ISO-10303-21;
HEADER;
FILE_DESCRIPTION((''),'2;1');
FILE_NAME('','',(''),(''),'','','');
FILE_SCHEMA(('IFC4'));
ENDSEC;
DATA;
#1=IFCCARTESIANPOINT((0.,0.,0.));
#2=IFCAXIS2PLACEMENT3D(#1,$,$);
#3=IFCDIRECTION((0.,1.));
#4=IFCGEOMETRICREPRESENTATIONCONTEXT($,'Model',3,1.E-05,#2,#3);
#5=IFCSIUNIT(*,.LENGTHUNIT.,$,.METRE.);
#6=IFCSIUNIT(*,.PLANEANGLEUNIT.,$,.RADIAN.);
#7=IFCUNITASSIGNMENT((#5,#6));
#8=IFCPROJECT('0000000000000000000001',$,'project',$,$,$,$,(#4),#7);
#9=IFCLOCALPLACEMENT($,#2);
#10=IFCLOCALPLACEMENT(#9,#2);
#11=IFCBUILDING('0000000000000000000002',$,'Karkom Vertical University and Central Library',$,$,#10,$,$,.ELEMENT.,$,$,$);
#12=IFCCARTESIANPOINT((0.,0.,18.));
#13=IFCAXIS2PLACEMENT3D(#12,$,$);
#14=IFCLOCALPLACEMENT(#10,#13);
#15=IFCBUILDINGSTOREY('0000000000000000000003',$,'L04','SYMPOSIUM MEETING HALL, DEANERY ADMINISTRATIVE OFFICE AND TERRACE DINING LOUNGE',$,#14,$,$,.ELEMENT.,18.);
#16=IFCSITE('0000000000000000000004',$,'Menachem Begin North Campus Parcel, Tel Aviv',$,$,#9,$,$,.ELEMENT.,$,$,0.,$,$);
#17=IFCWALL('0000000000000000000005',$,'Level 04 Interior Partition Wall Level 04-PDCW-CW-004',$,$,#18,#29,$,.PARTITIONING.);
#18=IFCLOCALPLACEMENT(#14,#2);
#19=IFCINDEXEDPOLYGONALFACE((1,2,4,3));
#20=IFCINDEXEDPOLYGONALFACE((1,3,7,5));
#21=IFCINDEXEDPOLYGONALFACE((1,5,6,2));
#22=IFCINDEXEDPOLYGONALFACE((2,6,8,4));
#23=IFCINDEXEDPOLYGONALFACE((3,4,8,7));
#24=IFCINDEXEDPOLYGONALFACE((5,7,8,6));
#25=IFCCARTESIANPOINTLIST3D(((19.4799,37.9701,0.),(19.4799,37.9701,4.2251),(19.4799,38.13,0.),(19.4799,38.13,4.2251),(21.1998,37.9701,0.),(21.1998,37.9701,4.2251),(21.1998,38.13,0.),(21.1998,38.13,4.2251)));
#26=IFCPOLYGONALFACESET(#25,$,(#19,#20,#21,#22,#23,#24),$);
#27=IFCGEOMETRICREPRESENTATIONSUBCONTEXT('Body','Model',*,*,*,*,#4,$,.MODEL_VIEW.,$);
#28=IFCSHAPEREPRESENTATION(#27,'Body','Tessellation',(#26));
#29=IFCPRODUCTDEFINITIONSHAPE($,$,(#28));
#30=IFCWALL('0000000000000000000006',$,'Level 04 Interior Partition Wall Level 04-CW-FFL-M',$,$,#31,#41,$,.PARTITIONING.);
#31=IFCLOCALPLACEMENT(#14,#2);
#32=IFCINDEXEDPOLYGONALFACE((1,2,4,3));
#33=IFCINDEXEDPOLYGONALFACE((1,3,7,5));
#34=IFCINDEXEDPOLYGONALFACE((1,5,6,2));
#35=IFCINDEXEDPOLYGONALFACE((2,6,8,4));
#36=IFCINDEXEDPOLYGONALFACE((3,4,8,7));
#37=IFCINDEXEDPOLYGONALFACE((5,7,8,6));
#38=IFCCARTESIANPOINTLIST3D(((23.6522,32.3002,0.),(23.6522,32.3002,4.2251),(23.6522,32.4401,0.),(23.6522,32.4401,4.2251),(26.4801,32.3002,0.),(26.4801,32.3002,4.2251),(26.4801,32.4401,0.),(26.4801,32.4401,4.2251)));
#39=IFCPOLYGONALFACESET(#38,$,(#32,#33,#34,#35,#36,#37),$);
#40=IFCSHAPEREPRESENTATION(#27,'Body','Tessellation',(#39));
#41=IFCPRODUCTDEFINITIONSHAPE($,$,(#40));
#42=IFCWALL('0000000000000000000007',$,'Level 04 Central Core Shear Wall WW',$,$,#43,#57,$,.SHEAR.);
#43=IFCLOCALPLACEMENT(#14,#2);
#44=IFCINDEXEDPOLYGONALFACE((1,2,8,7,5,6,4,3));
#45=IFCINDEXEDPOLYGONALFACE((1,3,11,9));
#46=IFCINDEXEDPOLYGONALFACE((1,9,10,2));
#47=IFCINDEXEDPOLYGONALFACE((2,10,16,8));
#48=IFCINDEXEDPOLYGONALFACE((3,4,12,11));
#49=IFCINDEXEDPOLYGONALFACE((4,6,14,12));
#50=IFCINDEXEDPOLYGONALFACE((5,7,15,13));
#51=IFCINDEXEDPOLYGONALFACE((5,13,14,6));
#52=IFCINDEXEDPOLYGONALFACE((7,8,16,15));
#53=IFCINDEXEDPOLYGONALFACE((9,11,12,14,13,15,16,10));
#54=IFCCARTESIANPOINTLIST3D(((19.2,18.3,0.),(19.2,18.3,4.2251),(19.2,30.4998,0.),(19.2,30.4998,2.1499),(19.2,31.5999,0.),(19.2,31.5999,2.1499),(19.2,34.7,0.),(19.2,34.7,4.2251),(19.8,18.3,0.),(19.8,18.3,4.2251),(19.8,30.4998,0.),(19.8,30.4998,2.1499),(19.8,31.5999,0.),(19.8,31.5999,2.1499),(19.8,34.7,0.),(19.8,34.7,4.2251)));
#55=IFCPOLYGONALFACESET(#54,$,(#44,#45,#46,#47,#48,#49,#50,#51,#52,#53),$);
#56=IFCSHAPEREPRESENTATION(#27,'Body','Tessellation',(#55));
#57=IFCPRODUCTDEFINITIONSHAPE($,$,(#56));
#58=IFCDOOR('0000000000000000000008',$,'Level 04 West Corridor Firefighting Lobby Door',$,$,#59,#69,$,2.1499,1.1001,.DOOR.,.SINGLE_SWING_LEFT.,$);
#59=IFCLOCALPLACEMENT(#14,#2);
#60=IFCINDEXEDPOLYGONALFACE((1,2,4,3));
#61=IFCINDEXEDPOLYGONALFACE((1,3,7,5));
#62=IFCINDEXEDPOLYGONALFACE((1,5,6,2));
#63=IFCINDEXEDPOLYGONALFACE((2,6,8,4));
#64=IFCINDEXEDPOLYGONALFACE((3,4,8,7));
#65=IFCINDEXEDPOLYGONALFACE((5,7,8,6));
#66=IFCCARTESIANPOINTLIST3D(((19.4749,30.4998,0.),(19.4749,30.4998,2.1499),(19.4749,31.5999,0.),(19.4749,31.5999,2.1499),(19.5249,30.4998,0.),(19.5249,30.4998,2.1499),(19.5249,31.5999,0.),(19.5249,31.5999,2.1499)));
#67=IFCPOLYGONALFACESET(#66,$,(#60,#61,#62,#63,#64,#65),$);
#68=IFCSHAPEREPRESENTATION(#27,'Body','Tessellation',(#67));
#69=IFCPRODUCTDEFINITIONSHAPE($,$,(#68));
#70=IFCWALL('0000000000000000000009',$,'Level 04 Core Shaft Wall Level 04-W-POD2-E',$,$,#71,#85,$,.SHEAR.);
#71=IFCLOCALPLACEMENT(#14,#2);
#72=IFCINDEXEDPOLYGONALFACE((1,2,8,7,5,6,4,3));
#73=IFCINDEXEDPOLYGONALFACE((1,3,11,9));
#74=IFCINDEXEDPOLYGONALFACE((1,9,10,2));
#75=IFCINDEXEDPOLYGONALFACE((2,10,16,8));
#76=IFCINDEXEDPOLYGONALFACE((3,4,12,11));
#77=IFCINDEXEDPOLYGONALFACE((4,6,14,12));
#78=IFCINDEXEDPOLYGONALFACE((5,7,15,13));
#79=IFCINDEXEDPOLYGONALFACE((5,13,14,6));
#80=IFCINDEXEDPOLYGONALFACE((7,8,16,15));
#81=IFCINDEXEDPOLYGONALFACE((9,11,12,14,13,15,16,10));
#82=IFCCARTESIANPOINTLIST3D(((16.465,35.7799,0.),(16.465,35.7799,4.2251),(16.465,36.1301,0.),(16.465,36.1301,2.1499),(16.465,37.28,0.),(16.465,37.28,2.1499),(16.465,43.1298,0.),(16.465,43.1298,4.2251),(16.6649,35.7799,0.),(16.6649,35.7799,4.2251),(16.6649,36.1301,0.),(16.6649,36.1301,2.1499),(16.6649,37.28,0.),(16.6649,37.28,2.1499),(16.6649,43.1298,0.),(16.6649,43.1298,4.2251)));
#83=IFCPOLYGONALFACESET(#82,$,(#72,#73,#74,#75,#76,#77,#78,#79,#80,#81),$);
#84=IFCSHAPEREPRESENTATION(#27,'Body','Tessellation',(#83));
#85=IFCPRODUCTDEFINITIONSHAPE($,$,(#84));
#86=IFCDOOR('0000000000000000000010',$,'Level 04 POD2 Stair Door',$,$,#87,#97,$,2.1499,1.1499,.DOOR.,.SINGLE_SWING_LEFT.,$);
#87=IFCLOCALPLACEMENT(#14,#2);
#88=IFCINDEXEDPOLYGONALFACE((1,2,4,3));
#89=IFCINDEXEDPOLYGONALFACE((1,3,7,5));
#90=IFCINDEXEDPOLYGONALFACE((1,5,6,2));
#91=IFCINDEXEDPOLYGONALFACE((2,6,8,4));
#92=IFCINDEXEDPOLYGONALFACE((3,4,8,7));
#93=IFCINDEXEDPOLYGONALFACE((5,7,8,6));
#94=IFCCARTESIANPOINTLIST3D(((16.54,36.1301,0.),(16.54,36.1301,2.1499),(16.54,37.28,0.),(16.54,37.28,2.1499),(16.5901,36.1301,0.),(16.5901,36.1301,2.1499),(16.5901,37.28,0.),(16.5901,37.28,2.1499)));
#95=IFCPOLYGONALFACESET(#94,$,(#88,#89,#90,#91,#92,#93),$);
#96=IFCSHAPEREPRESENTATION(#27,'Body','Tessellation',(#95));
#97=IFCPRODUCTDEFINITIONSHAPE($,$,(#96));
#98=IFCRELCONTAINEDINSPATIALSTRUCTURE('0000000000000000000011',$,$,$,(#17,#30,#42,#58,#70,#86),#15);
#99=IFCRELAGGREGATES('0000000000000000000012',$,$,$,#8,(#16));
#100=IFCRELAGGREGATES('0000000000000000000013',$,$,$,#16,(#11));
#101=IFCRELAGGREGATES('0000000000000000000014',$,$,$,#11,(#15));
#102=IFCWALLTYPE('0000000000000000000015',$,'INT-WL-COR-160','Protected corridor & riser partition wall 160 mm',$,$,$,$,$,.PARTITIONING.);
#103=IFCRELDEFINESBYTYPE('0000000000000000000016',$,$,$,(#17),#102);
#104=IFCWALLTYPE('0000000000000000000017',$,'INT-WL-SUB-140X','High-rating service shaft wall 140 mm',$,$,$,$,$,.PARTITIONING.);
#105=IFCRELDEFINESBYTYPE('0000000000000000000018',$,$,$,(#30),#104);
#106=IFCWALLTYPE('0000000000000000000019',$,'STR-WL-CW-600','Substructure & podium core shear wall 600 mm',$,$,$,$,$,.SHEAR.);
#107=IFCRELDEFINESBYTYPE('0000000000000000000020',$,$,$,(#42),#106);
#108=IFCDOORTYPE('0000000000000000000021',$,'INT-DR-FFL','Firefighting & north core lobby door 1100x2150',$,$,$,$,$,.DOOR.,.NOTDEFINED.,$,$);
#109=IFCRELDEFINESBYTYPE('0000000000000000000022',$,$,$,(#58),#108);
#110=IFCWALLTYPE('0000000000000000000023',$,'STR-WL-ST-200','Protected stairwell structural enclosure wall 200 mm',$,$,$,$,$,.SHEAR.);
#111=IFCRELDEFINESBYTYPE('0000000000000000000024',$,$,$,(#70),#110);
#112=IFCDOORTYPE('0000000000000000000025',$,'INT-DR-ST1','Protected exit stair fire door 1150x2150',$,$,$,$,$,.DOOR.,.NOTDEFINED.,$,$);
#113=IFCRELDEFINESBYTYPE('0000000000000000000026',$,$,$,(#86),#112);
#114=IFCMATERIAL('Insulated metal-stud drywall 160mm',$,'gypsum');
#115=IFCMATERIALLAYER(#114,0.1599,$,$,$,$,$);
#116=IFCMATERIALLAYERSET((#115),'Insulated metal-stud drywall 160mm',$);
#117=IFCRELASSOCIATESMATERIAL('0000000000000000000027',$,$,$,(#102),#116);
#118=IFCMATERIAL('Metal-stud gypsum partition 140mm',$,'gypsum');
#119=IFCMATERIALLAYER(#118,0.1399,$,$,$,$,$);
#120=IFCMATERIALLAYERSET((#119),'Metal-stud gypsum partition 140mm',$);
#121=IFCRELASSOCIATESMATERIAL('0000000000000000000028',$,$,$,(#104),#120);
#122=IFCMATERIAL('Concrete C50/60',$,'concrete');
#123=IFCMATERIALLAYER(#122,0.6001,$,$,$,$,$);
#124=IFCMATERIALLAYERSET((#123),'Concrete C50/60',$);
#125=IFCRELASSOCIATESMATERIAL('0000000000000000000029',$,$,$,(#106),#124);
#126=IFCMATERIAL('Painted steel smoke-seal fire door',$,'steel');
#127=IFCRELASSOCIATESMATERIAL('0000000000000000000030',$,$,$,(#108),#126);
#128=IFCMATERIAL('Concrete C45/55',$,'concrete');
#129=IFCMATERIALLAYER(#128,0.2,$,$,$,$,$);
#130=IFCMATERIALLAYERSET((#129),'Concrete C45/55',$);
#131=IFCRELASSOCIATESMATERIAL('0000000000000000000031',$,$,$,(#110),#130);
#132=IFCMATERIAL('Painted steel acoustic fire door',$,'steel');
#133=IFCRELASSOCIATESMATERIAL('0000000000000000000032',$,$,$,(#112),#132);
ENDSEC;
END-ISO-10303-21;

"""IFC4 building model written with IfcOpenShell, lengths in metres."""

from ifc_helpers import new_model, si_unit, direction, frame, frame_2d, origin, origin_with_axes, place, context, subcontext, project, spatial, rectangle, extrude, source, transform, mapped, material, layer, layer_set, type_object, element, fill, save


model = new_model("IFC4")

# Units and contexts
model_context = context("Model", 3, precision=1e-05, world=origin(), true_north=direction((0.0, 1.0)))
body_context = subcontext(model_context, "Body", "Model", "MODEL_VIEW")
ifc_project = project(units=[si_unit("LENGTHUNIT", "METRE"), si_unit("PLANEANGLEUNIT", "RADIAN")], contexts=[model_context])

# Site, building, storey
site_placement = place(None, origin())
site = spatial("IfcSite", under=ifc_project, at=site_placement, Name="Menachem Begin North Campus Parcel, Tel Aviv", CompositionType="ELEMENT", RefElevation=0.0)
building_placement = place(site_placement, origin())
building = spatial("IfcBuilding", under=site, at=building_placement, Name="Karkom Vertical University and Central Library", CompositionType="ELEMENT")
storey_placement = place(building_placement, frame((0.0, 0.0, 18.0)))
storey = spatial("IfcBuildingStorey", under=building, at=storey_placement, Name="L04", Description="SYMPOSIUM MEETING HALL, DEANERY ADMINISTRATIVE OFFICE AND TERRACE DINING LOUNGE", CompositionType="ELEMENT", Elevation=18.0)

# Shared definitions
ifc_material_1 = material(Name="Concrete C50/60", Category="concrete")

# Shared definitions
ifc_material_2 = material(Name="Insulated metal-stud drywall 160mm", Category="gypsum")
ifc_layer_1 = layer(ifc_material_2, 0.1599)
ifc_layer_set_1 = layer_set([ifc_layer_1], Name="Insulated metal-stud drywall 160mm")
wall_type_1 = type_object("IfcWallType", Name="INT-WL-COR-160", Description="Protected corridor & riser partition wall 160 mm", PredefinedType="PARTITIONING", material=ifc_layer_set_1)

# Walls
wall_1_placement = place(storey_placement, frame((19.48, 38.05, 0.0), z_axis=(0.0, 0.0, 1.0), x_axis=(1.0, 0.0, 0.0)))
element("IfcWall", 1, at=wall_1_placement, inside=storey, type_object=wall_type_1, Name="Level 04 Interior Partition Wall Level 04-PDCW-CW-004", PredefinedType="PARTITIONING", context=body_context, shape_type="SweptSolid", body=[
    extrude(rectangle(XDim=1.72, YDim=0.1599, at=frame_2d((0.8599, 0.0))), origin(), (0.0, 0.0, 1.0), 4.2251),
])
ifc_material_3 = material(Name="Metal-stud gypsum partition 140mm", Category="gypsum")
ifc_layer_2 = layer(ifc_material_3, 0.1399)
ifc_layer_set_2 = layer_set([ifc_layer_2], Name="Metal-stud gypsum partition 140mm")
wall_type_2 = type_object("IfcWallType", Name="INT-WL-SUB-140X", Description="High-rating service shaft wall 140 mm", PredefinedType="PARTITIONING", material=ifc_layer_set_2)
wall_2_placement = place(storey_placement, frame((23.6521, 32.3701, 0.0), z_axis=(0.0, 0.0, 1.0), x_axis=(1.0, 0.0, 0.0)))
element("IfcWall", 2, at=wall_2_placement, inside=storey, type_object=wall_type_2, Name="Level 04 Interior Partition Wall Level 04-CW-FFL-M", PredefinedType="PARTITIONING", context=body_context, shape_type="SweptSolid", body=[
    extrude(rectangle(XDim=2.8279, YDim=0.1399, at=frame_2d((1.4141, 0.0))), origin(), (0.0, 0.0, 1.0), 4.2251),
])

# Walls, openings, doors
ifc_layer_3 = layer(ifc_material_1, 0.6001)
ifc_layer_set_3 = layer_set([ifc_layer_3], Name="Concrete C50/60")
wall_type_3 = type_object("IfcWallType", Name="STR-WL-CW-600", Description="Substructure & podium core shear wall 600 mm", PredefinedType="SHEAR", material=ifc_layer_set_3)
wall_3_placement = place(storey_placement, frame((19.5, 34.7, 0.0), z_axis=(0.0, 0.0, 1.0), x_axis=(0.0, -1.0, 0.0)))
wall_3 = element("IfcWall", 3, at=wall_3_placement, inside=storey, type_object=wall_type_3, Name="Level 04 Central Core Shear Wall WW", PredefinedType="SHEAR", context=body_context, shape_type="SweptSolid", body=[
    extrude(rectangle(XDim=16.3999, YDim=0.6001, at=frame_2d((8.2, 0.0))), origin(), (0.0, 0.0, 1.0), 4.2251),
])
opening_1_placement = place(wall_3_placement, frame((3.1001, 0.0, 0.0)))
opening_1 = element("IfcOpeningElement", 4, at=opening_1_placement, cuts=wall_3, PredefinedType="OPENING", context=body_context, shape_type="SweptSolid", body=[
    extrude(rectangle(XDim=1.1001, YDim=2.1499, at=frame_2d((0.55, 1.075))), frame((0.0, 0.3101, 0.0), z_axis=(0.0, -1.0, 0.0), x_axis=(1.0, 0.0, 0.0)), (0.0, 0.0, 1.0), 0.6201),
])
ifc_material_4 = material(Name="Painted steel smoke-seal fire door", Category="steel")
door_type_1 = type_object("IfcDoorType", Name="INT-DR-FFL", Description="Firefighting & north core lobby door 1100x2150", OperationType="NOTDEFINED", PredefinedType="DOOR", material=ifc_material_4)
shared_shape_1 = source(origin_with_axes(), body_context, "Body", "SweptSolid", [
    extrude(rectangle(XDim=1.1001, YDim=2.1499, at=frame_2d((0.55, 1.075))), frame((0.0, 0.0249, 0.0), z_axis=(0.0, -1.0, 0.0), x_axis=(1.0, 0.0, 0.0)), (0.0, 0.0, 1.0), 0.05),
])
door_1_placement = place(opening_1_placement, origin())
door_1 = element("IfcDoor", 5, at=door_1_placement, inside=storey, type_object=door_type_1, Name="Level 04 West Corridor Firefighting Lobby Door", OperationType="SINGLE_SWING_LEFT", OverallHeight=2.1499, OverallWidth=1.1001, PredefinedType="DOOR", context=body_context, shape_type="MappedRepresentation", body=[
    mapped(shared_shape_1, transform((0.0, 0.0, 0.0), scale=1.0)),
])
fill(opening_1, door_1)
ifc_material_5 = material(Name="Concrete C45/55", Category="concrete")
ifc_layer_4 = layer(ifc_material_5, 0.2)
ifc_layer_set_4 = layer_set([ifc_layer_4], Name="Concrete C45/55")
wall_type_4 = type_object("IfcWallType", Name="STR-WL-ST-200", Description="Protected stairwell structural enclosure wall 200 mm", PredefinedType="SHEAR", material=ifc_layer_set_4)
wall_4_placement = place(storey_placement, frame((16.5649, 35.78, 0.0), z_axis=(0.0, 0.0, 1.0), x_axis=(0.0, 1.0, 0.0)))
wall_4 = element("IfcWall", 6, at=wall_4_placement, inside=storey, type_object=wall_type_4, Name="Level 04 Core Shaft Wall Level 04-W-POD2-E", PredefinedType="SHEAR", context=body_context, shape_type="SweptSolid", body=[
    extrude(rectangle(XDim=7.3499, YDim=0.2, at=frame_2d((3.6748, 0.0))), origin(), (0.0, 0.0, 1.0), 4.2251),
])
opening_2_placement = place(wall_4_placement, frame((0.3501, 0.0, 0.0)))
opening_2 = element("IfcOpeningElement", 7, at=opening_2_placement, cuts=wall_4, PredefinedType="OPENING", context=body_context, shape_type="SweptSolid", body=[
    extrude(rectangle(XDim=1.1499, YDim=2.1499, at=frame_2d((0.575, 1.075))), frame((0.0, 0.1099, 0.0), z_axis=(0.0, -1.0, 0.0), x_axis=(1.0, 0.0, 0.0)), (0.0, 0.0, 1.0), 0.22),
])
ifc_material_6 = material(Name="Painted steel acoustic fire door", Category="steel")
door_type_2 = type_object("IfcDoorType", Name="INT-DR-ST1", Description="Protected exit stair fire door 1150x2150", OperationType="NOTDEFINED", PredefinedType="DOOR", material=ifc_material_6)
shared_shape_2 = source(origin_with_axes(), body_context, "Body", "SweptSolid", [
    extrude(rectangle(XDim=1.1499, YDim=2.1499, at=frame_2d((0.575, 1.075))), frame((0.0, 0.0249, 0.0), z_axis=(0.0, -1.0, 0.0), x_axis=(1.0, 0.0, 0.0)), (0.0, 0.0, 1.0), 0.05),
])
door_2_placement = place(opening_2_placement, origin())
door_2 = element("IfcDoor", 8, at=door_2_placement, inside=storey, type_object=door_type_2, Name="Level 04 POD2 Stair Door", OperationType="SINGLE_SWING_LEFT", OverallHeight=2.1499, OverallWidth=1.1499, PredefinedType="DOOR", context=body_context, shape_type="MappedRepresentation", body=[
    mapped(shared_shape_2, transform((0.0, 0.0, 0.0), scale=1.0)),
])
fill(opening_2, door_2)

save(model, "model.ifc")
